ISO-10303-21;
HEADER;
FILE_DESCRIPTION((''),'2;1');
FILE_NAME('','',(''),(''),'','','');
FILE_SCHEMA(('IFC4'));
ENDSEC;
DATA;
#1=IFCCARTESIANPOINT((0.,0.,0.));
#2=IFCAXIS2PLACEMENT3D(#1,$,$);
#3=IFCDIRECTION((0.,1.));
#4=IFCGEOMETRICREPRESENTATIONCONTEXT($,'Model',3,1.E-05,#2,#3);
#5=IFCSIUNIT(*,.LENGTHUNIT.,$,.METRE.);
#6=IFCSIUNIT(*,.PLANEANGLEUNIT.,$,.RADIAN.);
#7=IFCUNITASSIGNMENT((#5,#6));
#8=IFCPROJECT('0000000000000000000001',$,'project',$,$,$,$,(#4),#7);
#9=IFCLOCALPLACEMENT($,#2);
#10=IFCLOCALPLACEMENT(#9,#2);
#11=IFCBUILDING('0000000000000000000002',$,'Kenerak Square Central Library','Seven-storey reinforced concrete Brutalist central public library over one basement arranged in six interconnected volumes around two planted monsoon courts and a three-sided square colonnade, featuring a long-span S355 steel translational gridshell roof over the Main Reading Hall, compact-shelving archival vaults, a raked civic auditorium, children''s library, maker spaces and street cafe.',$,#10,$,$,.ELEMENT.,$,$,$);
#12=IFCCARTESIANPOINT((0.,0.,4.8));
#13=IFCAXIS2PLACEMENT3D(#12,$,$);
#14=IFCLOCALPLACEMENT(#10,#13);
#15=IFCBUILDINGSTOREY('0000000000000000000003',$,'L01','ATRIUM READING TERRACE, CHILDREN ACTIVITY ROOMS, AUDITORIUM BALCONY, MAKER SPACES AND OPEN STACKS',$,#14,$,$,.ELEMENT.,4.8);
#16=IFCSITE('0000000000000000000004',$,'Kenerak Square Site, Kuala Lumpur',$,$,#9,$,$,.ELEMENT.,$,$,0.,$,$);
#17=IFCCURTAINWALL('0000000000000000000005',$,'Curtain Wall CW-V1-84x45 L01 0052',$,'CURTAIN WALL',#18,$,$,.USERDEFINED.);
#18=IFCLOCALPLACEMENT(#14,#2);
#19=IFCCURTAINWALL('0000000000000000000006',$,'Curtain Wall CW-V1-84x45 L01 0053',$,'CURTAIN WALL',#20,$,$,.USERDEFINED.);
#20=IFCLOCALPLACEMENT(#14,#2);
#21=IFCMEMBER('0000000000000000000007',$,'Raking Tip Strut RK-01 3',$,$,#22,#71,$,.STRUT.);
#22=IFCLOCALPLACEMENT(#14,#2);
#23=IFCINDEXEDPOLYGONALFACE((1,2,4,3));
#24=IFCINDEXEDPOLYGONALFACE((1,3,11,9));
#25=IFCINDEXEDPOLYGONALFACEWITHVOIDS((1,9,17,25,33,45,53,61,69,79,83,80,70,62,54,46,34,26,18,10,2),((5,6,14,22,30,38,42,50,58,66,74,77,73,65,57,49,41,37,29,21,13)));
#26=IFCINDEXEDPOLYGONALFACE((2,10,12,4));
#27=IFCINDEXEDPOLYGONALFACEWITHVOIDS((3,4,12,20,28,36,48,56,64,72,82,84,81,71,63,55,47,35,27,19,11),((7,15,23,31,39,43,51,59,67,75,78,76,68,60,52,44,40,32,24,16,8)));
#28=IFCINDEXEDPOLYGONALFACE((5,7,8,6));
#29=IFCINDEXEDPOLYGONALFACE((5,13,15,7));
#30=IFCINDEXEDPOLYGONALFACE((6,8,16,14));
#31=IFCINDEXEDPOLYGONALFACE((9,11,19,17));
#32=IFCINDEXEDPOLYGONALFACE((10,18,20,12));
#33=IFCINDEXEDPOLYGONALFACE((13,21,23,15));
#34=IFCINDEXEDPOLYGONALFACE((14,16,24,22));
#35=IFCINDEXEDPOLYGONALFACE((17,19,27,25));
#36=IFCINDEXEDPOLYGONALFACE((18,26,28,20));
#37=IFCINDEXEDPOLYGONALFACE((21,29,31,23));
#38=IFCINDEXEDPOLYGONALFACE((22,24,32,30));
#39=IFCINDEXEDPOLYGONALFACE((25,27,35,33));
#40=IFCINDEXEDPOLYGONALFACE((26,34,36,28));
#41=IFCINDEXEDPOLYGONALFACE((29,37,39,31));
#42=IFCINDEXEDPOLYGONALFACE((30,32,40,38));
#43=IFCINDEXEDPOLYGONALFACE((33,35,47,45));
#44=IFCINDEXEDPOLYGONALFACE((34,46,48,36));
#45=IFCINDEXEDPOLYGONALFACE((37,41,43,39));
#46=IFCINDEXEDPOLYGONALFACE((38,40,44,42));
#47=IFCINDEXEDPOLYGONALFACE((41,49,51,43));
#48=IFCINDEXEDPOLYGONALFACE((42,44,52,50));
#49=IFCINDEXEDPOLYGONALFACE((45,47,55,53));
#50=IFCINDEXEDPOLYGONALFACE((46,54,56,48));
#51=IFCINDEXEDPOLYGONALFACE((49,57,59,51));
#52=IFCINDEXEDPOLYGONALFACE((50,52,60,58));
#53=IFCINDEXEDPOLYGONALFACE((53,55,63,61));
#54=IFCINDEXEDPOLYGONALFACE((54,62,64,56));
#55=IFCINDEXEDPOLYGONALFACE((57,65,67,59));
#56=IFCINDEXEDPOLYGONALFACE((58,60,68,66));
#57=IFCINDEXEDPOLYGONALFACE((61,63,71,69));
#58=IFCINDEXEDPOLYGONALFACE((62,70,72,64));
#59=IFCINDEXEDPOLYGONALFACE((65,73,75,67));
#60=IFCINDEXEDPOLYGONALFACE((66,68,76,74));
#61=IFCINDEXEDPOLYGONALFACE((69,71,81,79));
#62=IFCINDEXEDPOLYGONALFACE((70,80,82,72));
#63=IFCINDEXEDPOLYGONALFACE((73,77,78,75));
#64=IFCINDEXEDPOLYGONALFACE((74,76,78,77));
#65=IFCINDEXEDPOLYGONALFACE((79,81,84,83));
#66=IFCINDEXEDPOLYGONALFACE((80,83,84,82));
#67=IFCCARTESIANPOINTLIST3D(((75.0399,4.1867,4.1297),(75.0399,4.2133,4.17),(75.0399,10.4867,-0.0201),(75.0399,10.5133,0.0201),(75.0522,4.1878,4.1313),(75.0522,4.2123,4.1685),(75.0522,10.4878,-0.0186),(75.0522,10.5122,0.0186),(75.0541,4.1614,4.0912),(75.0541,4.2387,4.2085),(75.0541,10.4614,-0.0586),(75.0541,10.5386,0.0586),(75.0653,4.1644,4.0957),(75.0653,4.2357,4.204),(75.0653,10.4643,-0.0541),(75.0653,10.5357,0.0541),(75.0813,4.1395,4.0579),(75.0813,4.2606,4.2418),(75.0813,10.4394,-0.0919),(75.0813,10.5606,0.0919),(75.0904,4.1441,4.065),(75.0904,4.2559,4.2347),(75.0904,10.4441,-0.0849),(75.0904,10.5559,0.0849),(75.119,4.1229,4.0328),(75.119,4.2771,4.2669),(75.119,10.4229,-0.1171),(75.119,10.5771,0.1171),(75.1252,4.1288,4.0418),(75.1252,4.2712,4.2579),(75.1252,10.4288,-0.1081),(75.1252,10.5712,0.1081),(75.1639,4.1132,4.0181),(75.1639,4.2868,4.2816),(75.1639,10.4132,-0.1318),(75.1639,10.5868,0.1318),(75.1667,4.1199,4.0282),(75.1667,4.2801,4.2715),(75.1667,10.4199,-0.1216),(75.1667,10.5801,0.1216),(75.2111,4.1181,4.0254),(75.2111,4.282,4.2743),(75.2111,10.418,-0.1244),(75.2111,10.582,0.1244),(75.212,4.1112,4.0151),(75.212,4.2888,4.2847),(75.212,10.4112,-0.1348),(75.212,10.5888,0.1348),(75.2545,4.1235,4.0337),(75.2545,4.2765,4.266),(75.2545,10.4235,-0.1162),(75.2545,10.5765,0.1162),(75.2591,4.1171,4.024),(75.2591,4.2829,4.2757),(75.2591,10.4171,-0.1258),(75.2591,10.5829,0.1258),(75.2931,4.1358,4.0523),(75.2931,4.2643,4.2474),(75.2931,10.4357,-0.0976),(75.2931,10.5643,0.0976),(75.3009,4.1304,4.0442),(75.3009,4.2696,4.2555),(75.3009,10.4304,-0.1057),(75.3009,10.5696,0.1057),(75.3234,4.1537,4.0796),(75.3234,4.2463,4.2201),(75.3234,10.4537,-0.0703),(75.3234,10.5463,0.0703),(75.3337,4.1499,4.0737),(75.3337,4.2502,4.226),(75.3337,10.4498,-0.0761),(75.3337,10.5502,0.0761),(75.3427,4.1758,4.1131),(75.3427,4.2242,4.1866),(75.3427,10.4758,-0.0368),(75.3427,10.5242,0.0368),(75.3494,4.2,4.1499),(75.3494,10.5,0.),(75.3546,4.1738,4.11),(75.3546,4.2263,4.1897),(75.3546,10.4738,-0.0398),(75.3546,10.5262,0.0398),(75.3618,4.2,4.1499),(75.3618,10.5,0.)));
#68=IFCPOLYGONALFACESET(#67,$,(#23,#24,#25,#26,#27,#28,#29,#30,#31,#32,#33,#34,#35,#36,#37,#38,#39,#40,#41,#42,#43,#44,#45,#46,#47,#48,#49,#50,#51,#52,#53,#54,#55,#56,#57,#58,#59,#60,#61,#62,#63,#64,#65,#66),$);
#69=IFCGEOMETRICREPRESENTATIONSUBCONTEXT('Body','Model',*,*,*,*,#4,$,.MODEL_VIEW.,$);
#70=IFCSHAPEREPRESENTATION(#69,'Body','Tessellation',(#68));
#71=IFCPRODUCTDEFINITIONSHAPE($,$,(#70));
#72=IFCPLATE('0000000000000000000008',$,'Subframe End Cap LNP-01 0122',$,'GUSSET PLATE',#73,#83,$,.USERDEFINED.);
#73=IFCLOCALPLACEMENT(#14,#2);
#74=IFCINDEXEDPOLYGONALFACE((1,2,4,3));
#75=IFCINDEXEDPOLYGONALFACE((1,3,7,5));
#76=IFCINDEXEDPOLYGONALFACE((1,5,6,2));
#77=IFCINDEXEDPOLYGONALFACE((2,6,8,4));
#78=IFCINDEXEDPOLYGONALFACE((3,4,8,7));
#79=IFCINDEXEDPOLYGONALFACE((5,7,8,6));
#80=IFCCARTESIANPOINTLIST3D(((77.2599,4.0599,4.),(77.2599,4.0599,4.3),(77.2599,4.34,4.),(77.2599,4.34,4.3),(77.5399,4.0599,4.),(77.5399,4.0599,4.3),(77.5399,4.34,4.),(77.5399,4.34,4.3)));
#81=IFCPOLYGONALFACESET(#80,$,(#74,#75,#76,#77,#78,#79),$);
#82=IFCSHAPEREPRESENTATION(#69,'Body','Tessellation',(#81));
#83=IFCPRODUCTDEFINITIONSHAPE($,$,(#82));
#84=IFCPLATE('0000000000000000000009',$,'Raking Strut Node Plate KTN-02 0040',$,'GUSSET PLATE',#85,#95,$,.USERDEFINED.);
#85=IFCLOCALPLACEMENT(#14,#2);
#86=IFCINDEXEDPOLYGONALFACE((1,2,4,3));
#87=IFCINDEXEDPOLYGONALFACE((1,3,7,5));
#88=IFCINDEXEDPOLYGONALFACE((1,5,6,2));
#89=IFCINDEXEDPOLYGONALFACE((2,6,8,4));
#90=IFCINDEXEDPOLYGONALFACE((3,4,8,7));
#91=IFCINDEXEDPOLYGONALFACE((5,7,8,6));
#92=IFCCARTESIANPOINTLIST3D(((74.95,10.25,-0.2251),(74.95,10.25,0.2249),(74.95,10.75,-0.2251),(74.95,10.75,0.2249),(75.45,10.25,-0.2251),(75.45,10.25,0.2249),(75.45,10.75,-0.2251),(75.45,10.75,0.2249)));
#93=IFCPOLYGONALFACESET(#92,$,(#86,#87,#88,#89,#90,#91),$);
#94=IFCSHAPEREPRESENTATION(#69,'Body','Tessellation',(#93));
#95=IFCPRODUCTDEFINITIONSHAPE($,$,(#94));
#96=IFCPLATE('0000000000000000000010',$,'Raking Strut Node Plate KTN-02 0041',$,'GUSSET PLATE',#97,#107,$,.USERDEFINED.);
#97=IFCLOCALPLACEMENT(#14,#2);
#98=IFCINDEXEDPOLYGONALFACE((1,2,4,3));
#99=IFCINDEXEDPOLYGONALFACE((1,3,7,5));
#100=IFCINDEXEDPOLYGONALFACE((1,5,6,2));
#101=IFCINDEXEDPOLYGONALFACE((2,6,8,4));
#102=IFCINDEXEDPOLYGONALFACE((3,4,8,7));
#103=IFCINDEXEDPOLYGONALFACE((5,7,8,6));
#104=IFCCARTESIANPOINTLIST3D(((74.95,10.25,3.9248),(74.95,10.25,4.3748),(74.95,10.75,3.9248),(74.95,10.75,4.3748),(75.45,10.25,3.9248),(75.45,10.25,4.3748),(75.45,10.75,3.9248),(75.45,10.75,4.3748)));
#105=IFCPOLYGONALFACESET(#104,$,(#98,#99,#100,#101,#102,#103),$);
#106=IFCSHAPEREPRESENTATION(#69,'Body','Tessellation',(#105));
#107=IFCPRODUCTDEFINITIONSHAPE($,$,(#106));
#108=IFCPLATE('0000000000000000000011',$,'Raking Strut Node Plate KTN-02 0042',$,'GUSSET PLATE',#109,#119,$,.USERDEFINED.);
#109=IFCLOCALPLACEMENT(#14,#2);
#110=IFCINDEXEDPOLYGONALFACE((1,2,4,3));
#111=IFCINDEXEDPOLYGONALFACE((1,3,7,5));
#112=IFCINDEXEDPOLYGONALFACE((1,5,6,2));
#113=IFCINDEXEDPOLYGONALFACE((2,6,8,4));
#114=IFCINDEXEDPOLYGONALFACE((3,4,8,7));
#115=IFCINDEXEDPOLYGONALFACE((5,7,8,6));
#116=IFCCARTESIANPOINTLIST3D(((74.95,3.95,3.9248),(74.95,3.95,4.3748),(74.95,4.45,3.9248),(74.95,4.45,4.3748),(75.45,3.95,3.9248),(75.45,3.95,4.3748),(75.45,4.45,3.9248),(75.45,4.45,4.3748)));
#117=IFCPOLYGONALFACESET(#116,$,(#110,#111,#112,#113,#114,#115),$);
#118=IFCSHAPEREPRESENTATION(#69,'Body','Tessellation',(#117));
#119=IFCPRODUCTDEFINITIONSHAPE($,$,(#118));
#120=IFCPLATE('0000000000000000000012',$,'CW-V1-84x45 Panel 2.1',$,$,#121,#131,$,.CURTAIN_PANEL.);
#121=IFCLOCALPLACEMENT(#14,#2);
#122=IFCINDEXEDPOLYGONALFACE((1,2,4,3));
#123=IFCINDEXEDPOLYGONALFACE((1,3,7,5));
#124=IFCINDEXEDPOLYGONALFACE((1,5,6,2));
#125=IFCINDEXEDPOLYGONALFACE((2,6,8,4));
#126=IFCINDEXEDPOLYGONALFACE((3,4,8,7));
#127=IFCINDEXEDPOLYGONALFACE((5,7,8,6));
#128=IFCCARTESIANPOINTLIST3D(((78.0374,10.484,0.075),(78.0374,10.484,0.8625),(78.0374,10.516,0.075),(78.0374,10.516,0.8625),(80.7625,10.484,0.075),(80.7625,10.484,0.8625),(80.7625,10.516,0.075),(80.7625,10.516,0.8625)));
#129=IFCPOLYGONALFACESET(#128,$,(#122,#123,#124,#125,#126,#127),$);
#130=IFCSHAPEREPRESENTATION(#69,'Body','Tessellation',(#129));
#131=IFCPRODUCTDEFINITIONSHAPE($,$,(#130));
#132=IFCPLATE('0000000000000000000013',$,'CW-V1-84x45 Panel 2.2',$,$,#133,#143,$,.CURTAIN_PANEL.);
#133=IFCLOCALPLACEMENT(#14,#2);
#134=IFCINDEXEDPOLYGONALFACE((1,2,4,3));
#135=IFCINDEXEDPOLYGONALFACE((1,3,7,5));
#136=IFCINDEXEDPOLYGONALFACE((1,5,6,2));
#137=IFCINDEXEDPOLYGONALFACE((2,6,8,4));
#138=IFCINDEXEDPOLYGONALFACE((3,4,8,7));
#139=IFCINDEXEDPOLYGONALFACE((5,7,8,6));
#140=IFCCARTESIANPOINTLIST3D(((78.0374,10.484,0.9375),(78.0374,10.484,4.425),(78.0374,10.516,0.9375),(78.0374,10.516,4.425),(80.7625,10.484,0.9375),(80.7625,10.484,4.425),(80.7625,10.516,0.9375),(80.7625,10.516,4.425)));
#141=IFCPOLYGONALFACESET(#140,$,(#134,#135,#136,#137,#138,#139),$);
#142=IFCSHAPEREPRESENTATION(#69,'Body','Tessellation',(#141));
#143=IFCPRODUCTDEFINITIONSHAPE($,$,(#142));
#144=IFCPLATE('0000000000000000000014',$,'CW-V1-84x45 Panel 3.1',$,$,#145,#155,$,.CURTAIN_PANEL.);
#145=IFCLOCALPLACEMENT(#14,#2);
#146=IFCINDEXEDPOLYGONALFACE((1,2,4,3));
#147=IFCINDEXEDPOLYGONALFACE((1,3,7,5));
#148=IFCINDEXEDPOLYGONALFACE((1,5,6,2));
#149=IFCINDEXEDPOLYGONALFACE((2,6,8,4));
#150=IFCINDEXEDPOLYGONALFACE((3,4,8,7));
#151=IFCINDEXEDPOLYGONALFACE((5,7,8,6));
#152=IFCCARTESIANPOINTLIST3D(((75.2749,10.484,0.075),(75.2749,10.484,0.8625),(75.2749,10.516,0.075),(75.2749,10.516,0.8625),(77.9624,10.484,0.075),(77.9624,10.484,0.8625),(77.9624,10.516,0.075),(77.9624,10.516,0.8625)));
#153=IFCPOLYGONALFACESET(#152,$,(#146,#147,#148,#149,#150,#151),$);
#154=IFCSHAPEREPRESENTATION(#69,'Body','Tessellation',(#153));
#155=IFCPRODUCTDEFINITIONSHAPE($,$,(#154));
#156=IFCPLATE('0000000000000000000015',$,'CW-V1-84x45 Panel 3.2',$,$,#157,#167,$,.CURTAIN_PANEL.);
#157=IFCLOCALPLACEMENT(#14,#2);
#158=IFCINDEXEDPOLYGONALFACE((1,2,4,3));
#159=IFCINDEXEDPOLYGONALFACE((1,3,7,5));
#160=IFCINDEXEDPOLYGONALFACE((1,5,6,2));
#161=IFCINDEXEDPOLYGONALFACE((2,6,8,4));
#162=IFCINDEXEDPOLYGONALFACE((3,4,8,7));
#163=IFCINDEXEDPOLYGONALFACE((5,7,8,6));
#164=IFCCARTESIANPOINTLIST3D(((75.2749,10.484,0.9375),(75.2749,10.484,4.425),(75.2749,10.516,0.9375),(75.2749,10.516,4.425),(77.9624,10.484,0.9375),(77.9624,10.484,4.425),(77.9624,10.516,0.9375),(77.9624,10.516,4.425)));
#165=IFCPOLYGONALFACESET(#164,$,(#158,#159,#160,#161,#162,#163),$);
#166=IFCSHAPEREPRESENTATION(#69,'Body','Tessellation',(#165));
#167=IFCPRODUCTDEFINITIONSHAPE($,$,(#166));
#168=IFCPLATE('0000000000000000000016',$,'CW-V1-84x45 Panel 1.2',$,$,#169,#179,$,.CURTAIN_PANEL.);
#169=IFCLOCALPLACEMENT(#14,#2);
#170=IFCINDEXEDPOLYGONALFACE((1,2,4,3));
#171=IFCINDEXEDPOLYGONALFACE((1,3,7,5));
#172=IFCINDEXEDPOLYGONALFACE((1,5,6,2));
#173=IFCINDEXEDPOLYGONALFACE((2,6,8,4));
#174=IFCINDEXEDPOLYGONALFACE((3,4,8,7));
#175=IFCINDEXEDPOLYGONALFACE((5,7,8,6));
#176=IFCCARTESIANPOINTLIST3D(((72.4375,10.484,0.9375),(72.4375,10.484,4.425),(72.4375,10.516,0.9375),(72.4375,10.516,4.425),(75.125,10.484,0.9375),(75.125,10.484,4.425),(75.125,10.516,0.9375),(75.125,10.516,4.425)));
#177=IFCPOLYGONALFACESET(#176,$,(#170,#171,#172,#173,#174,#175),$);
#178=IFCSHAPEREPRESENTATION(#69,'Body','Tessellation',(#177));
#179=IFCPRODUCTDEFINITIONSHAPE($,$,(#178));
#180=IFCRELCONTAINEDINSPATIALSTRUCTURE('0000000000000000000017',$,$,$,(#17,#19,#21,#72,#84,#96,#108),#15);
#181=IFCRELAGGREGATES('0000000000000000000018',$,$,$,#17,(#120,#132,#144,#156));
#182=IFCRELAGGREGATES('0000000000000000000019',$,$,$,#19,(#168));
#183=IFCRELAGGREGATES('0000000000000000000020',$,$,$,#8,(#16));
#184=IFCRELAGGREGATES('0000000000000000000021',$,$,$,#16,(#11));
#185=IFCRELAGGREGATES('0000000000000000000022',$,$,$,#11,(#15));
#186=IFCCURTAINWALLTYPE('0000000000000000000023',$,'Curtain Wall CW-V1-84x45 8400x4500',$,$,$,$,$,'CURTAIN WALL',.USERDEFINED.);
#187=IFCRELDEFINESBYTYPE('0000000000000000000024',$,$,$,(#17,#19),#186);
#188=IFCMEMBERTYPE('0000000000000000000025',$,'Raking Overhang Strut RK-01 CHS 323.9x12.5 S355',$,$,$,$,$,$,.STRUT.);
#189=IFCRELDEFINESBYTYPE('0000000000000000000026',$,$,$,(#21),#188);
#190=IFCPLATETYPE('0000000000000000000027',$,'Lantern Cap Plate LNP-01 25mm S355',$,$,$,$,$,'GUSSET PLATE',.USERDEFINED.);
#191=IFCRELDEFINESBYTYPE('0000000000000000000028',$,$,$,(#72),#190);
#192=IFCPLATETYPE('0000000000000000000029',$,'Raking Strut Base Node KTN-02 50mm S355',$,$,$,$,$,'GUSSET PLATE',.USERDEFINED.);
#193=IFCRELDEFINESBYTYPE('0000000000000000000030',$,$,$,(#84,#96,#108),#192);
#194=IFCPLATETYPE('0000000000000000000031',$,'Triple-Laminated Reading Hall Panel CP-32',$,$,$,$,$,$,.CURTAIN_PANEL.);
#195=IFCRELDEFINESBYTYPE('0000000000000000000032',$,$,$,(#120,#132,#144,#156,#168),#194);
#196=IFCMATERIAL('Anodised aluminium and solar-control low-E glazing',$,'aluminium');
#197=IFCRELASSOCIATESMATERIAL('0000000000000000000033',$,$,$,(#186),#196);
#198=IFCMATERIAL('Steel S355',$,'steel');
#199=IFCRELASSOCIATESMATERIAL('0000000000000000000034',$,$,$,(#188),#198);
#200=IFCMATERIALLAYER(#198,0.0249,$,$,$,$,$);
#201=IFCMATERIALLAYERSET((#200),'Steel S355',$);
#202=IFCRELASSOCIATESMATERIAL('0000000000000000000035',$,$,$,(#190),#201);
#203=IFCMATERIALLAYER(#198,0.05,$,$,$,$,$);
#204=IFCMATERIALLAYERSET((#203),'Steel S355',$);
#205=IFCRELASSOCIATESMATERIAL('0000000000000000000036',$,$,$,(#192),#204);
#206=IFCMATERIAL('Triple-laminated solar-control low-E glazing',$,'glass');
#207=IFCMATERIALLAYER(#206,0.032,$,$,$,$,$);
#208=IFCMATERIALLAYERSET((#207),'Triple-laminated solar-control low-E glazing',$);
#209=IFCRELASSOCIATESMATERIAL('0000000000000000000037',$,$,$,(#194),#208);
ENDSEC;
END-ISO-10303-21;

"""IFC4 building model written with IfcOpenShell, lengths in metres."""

from ifc_helpers import new_model, si_unit, direction, frame, origin, origin_2d, place, context, subcontext, project, spatial, rectangle, hollow_circle, extrude, material, layer, layer_set, material_profile, profile_set, type_object, element, aggregate, save


model = new_model("IFC4")

# Units and contexts
model_context = context("Model", 3, precision=1e-05, world=origin(), true_north=direction((0.0, 1.0)))
body_context = subcontext(model_context, "Body", "Model", "MODEL_VIEW")
ifc_project = project(units=[si_unit("LENGTHUNIT", "METRE"), si_unit("PLANEANGLEUNIT", "RADIAN")], contexts=[model_context])

# Site, building, storey
site_placement = place(None, origin())
site = spatial("IfcSite", under=ifc_project, at=site_placement, Name="Kenerak Square Site, Kuala Lumpur", CompositionType="ELEMENT", RefElevation=0.0)
building_placement = place(site_placement, origin())
building = spatial("IfcBuilding", under=site, at=building_placement, Name="Kenerak Square Central Library", Description="Seven-storey reinforced concrete Brutalist central public library over one basement arranged in six interconnected volumes around two planted monsoon courts and a three-sided square colonnade, featuring a long-span S355 steel translational gridshell roof over the Main Reading Hall, compact-shelving archival vaults, a raked civic auditorium, children's library, maker spaces and street cafe.", CompositionType="ELEMENT")
storey_placement = place(building_placement, frame((0.0, 0.0, 4.8)))
storey = spatial("IfcBuildingStorey", under=building, at=storey_placement, Name="L01", Description="ATRIUM READING TERRACE, CHILDREN ACTIVITY ROOMS, AUDITORIUM BALCONY, MAKER SPACES AND OPEN STACKS", CompositionType="ELEMENT", Elevation=4.8)

# Curtain wall
ifc_material_1 = material(Name="Anodised aluminium and solar-control low-E glazing", Category="aluminium")
curtain_wall_type = type_object("IfcCurtainWallType", Name="Curtain Wall CW-V1-84x45 8400x4500", ElementType="CURTAIN WALL", PredefinedType="USERDEFINED", material=ifc_material_1)
curtain_wall_1_placement = place(storey_placement, origin())
curtain_wall_1 = element("IfcCurtainWall", 1, at=curtain_wall_1_placement, inside=storey, type_object=curtain_wall_type, Name="Curtain Wall CW-V1-84x45 L01 0052", ObjectType="CURTAIN WALL", PredefinedType="USERDEFINED")

# Curtain wall
curtain_wall_2_placement = place(storey_placement, origin())
curtain_wall_2 = element("IfcCurtainWall", 2, at=curtain_wall_2_placement, inside=storey, type_object=curtain_wall_type, Name="Curtain Wall CW-V1-84x45 L01 0053", ObjectType="CURTAIN WALL", PredefinedType="USERDEFINED")

# Shared definitions
ifc_material_2 = material(Name="Steel S355", Category="steel")

# Member
ifc_material_profile_1 = material_profile(ifc_material_2, hollow_circle(Radius=0.1619, WallThickness=0.0125, at=origin_2d()), Name="CHS 323.9x12.5")
ifc_profile_set_1 = profile_set([ifc_material_profile_1], Name="Steel S355")
member_type_1 = type_object("IfcMemberType", Name="Raking Overhang Strut RK-01 CHS 323.9x12.5 S355", PredefinedType="STRUT", material=ifc_profile_set_1)
member_1_placement = place(storey_placement, frame((75.2, 10.5, 0.0), z_axis=(0.0, -0.835105, 0.550091), x_axis=(1.0, 0.0, 0.0)))
element("IfcMember", 3, at=member_1_placement, inside=storey, type_object=member_type_1, Name="Raking Tip Strut RK-01 3", PredefinedType="STRUT", context=body_context, shape_type="SweptSolid", body=[
    extrude(hollow_circle(Radius=0.1619, WallThickness=0.0125, at=origin_2d()), origin(), (0.0, 0.0, 1.0), 7.5439),
])

# Plates
ifc_layer_1 = layer(ifc_material_2, 0.0249)
ifc_layer_set_1 = layer_set([ifc_layer_1], Name="Steel S355")
plate_type_1 = type_object("IfcPlateType", Name="Lantern Cap Plate LNP-01 25mm S355", ElementType="GUSSET PLATE", PredefinedType="USERDEFINED", material=ifc_layer_set_1)
plate_1_placement = place(storey_placement, frame((77.3999, 4.2, 4.0), z_axis=(0.0, 0.0, 1.0), x_axis=(1.0, 0.0, 0.0)))
element("IfcPlate", 4, at=plate_1_placement, inside=storey, type_object=plate_type_1, Name="Subframe End Cap LNP-01 0122", ObjectType="GUSSET PLATE", PredefinedType="USERDEFINED", context=body_context, shape_type="SweptSolid", body=[
    extrude(rectangle(XDim=0.28, YDim=0.28, at=origin_2d()), origin(), (0.0, 0.0, 1.0), 0.3),
])
ifc_layer_2 = layer(ifc_material_2, 0.05)
ifc_layer_set_2 = layer_set([ifc_layer_2], Name="Steel S355")
plate_type_2 = type_object("IfcPlateType", Name="Raking Strut Base Node KTN-02 50mm S355", ElementType="GUSSET PLATE", PredefinedType="USERDEFINED", material=ifc_layer_set_2)
for number, where, z_axis, x_axis, name in (
    (5, (75.2, 10.5, -0.2251), (0.0, 0.0, 1.0), (1.0, 0.0, 0.0), "Raking Strut Node Plate KTN-02 0040"),
    (6, (75.2, 10.5, 3.9248), (0.0, 0.0, 1.0), (1.0, 0.0, 0.0), "Raking Strut Node Plate KTN-02 0041"),
    (7, (75.2, 4.2, 3.9248), (0.0, 0.0, 1.0), (1.0, 0.0, 0.0), "Raking Strut Node Plate KTN-02 0042"),
):
    element("IfcPlate", number, at=place(storey_placement, frame(where, z_axis=z_axis, x_axis=x_axis)), inside=storey, type_object=plate_type_2, Name=name, ObjectType="GUSSET PLATE", PredefinedType="USERDEFINED", context=body_context, shape_type="SweptSolid", body=[
        extrude(rectangle(XDim=0.5, YDim=0.5, at=origin_2d()), origin(), (0.0, 0.0, 1.0), 0.45),
    ])

# Plates
ifc_material_3 = material(Name="Triple-laminated solar-control low-E glazing", Category="glass")
ifc_layer_3 = layer(ifc_material_3, 0.032)
ifc_layer_set_3 = layer_set([ifc_layer_3], Name="Triple-laminated solar-control low-E glazing")
plate_type_3 = type_object("IfcPlateType", Name="Triple-Laminated Reading Hall Panel CP-32", PredefinedType="CURTAIN_PANEL", material=ifc_layer_set_3)
plate_2_placement = place(storey_placement, frame((79.3999, 10.5, 0.075), z_axis=(0.0, 0.0, 1.0), x_axis=(-1.0, 0.0, 0.0)))
plate_2 = element("IfcPlate", 8, at=plate_2_placement, type_object=plate_type_3, Name="CW-V1-84x45 Panel 2.1", PredefinedType="CURTAIN_PANEL", context=body_context, shape_type="SweptSolid", body=[
    extrude(rectangle(XDim=2.7251, YDim=0.032, at=origin_2d()), origin(), (0.0, 0.0, 1.0), 0.7876),
])
plate_3_placement = place(storey_placement, frame((79.3999, 10.5, 0.9375), z_axis=(0.0, 0.0, 1.0), x_axis=(-1.0, 0.0, 0.0)))
plate_3 = element("IfcPlate", 9, at=plate_3_placement, type_object=plate_type_3, Name="CW-V1-84x45 Panel 2.2", PredefinedType="CURTAIN_PANEL", context=body_context, shape_type="SweptSolid", body=[
    extrude(rectangle(XDim=2.7251, YDim=0.032, at=origin_2d()), origin(), (0.0, 0.0, 1.0), 3.4875),
])
plate_4_placement = place(storey_placement, frame((76.6187, 10.5, 0.075), z_axis=(0.0, 0.0, 1.0), x_axis=(-1.0, 0.0, 0.0)))
plate_4 = element("IfcPlate", 10, at=plate_4_placement, type_object=plate_type_3, Name="CW-V1-84x45 Panel 3.1", PredefinedType="CURTAIN_PANEL", context=body_context, shape_type="SweptSolid", body=[
    extrude(rectangle(XDim=2.6875, YDim=0.032, at=origin_2d()), origin(), (0.0, 0.0, 1.0), 0.7876),
])
plate_5_placement = place(storey_placement, frame((76.6187, 10.5, 0.9375), z_axis=(0.0, 0.0, 1.0), x_axis=(-1.0, 0.0, 0.0)))
plate_5 = element("IfcPlate", 11, at=plate_5_placement, type_object=plate_type_3, Name="CW-V1-84x45 Panel 3.2", PredefinedType="CURTAIN_PANEL", context=body_context, shape_type="SweptSolid", body=[
    extrude(rectangle(XDim=2.6875, YDim=0.032, at=origin_2d()), origin(), (0.0, 0.0, 1.0), 3.4875),
])
aggregate(curtain_wall_1, [plate_2, plate_3, plate_4, plate_5])
plate_6_placement = place(storey_placement, frame((73.7812, 10.5, 0.9375), z_axis=(0.0, 0.0, 1.0), x_axis=(-1.0, 0.0, 0.0)))
plate_6 = element("IfcPlate", 12, at=plate_6_placement, type_object=plate_type_3, Name="CW-V1-84x45 Panel 1.2", PredefinedType="CURTAIN_PANEL", context=body_context, shape_type="SweptSolid", body=[
    extrude(rectangle(XDim=2.6875, YDim=0.032, at=origin_2d()), origin(), (0.0, 0.0, 1.0), 3.4875),
])
aggregate(curtain_wall_2, [plate_6])

save(model, "model.ifc")
